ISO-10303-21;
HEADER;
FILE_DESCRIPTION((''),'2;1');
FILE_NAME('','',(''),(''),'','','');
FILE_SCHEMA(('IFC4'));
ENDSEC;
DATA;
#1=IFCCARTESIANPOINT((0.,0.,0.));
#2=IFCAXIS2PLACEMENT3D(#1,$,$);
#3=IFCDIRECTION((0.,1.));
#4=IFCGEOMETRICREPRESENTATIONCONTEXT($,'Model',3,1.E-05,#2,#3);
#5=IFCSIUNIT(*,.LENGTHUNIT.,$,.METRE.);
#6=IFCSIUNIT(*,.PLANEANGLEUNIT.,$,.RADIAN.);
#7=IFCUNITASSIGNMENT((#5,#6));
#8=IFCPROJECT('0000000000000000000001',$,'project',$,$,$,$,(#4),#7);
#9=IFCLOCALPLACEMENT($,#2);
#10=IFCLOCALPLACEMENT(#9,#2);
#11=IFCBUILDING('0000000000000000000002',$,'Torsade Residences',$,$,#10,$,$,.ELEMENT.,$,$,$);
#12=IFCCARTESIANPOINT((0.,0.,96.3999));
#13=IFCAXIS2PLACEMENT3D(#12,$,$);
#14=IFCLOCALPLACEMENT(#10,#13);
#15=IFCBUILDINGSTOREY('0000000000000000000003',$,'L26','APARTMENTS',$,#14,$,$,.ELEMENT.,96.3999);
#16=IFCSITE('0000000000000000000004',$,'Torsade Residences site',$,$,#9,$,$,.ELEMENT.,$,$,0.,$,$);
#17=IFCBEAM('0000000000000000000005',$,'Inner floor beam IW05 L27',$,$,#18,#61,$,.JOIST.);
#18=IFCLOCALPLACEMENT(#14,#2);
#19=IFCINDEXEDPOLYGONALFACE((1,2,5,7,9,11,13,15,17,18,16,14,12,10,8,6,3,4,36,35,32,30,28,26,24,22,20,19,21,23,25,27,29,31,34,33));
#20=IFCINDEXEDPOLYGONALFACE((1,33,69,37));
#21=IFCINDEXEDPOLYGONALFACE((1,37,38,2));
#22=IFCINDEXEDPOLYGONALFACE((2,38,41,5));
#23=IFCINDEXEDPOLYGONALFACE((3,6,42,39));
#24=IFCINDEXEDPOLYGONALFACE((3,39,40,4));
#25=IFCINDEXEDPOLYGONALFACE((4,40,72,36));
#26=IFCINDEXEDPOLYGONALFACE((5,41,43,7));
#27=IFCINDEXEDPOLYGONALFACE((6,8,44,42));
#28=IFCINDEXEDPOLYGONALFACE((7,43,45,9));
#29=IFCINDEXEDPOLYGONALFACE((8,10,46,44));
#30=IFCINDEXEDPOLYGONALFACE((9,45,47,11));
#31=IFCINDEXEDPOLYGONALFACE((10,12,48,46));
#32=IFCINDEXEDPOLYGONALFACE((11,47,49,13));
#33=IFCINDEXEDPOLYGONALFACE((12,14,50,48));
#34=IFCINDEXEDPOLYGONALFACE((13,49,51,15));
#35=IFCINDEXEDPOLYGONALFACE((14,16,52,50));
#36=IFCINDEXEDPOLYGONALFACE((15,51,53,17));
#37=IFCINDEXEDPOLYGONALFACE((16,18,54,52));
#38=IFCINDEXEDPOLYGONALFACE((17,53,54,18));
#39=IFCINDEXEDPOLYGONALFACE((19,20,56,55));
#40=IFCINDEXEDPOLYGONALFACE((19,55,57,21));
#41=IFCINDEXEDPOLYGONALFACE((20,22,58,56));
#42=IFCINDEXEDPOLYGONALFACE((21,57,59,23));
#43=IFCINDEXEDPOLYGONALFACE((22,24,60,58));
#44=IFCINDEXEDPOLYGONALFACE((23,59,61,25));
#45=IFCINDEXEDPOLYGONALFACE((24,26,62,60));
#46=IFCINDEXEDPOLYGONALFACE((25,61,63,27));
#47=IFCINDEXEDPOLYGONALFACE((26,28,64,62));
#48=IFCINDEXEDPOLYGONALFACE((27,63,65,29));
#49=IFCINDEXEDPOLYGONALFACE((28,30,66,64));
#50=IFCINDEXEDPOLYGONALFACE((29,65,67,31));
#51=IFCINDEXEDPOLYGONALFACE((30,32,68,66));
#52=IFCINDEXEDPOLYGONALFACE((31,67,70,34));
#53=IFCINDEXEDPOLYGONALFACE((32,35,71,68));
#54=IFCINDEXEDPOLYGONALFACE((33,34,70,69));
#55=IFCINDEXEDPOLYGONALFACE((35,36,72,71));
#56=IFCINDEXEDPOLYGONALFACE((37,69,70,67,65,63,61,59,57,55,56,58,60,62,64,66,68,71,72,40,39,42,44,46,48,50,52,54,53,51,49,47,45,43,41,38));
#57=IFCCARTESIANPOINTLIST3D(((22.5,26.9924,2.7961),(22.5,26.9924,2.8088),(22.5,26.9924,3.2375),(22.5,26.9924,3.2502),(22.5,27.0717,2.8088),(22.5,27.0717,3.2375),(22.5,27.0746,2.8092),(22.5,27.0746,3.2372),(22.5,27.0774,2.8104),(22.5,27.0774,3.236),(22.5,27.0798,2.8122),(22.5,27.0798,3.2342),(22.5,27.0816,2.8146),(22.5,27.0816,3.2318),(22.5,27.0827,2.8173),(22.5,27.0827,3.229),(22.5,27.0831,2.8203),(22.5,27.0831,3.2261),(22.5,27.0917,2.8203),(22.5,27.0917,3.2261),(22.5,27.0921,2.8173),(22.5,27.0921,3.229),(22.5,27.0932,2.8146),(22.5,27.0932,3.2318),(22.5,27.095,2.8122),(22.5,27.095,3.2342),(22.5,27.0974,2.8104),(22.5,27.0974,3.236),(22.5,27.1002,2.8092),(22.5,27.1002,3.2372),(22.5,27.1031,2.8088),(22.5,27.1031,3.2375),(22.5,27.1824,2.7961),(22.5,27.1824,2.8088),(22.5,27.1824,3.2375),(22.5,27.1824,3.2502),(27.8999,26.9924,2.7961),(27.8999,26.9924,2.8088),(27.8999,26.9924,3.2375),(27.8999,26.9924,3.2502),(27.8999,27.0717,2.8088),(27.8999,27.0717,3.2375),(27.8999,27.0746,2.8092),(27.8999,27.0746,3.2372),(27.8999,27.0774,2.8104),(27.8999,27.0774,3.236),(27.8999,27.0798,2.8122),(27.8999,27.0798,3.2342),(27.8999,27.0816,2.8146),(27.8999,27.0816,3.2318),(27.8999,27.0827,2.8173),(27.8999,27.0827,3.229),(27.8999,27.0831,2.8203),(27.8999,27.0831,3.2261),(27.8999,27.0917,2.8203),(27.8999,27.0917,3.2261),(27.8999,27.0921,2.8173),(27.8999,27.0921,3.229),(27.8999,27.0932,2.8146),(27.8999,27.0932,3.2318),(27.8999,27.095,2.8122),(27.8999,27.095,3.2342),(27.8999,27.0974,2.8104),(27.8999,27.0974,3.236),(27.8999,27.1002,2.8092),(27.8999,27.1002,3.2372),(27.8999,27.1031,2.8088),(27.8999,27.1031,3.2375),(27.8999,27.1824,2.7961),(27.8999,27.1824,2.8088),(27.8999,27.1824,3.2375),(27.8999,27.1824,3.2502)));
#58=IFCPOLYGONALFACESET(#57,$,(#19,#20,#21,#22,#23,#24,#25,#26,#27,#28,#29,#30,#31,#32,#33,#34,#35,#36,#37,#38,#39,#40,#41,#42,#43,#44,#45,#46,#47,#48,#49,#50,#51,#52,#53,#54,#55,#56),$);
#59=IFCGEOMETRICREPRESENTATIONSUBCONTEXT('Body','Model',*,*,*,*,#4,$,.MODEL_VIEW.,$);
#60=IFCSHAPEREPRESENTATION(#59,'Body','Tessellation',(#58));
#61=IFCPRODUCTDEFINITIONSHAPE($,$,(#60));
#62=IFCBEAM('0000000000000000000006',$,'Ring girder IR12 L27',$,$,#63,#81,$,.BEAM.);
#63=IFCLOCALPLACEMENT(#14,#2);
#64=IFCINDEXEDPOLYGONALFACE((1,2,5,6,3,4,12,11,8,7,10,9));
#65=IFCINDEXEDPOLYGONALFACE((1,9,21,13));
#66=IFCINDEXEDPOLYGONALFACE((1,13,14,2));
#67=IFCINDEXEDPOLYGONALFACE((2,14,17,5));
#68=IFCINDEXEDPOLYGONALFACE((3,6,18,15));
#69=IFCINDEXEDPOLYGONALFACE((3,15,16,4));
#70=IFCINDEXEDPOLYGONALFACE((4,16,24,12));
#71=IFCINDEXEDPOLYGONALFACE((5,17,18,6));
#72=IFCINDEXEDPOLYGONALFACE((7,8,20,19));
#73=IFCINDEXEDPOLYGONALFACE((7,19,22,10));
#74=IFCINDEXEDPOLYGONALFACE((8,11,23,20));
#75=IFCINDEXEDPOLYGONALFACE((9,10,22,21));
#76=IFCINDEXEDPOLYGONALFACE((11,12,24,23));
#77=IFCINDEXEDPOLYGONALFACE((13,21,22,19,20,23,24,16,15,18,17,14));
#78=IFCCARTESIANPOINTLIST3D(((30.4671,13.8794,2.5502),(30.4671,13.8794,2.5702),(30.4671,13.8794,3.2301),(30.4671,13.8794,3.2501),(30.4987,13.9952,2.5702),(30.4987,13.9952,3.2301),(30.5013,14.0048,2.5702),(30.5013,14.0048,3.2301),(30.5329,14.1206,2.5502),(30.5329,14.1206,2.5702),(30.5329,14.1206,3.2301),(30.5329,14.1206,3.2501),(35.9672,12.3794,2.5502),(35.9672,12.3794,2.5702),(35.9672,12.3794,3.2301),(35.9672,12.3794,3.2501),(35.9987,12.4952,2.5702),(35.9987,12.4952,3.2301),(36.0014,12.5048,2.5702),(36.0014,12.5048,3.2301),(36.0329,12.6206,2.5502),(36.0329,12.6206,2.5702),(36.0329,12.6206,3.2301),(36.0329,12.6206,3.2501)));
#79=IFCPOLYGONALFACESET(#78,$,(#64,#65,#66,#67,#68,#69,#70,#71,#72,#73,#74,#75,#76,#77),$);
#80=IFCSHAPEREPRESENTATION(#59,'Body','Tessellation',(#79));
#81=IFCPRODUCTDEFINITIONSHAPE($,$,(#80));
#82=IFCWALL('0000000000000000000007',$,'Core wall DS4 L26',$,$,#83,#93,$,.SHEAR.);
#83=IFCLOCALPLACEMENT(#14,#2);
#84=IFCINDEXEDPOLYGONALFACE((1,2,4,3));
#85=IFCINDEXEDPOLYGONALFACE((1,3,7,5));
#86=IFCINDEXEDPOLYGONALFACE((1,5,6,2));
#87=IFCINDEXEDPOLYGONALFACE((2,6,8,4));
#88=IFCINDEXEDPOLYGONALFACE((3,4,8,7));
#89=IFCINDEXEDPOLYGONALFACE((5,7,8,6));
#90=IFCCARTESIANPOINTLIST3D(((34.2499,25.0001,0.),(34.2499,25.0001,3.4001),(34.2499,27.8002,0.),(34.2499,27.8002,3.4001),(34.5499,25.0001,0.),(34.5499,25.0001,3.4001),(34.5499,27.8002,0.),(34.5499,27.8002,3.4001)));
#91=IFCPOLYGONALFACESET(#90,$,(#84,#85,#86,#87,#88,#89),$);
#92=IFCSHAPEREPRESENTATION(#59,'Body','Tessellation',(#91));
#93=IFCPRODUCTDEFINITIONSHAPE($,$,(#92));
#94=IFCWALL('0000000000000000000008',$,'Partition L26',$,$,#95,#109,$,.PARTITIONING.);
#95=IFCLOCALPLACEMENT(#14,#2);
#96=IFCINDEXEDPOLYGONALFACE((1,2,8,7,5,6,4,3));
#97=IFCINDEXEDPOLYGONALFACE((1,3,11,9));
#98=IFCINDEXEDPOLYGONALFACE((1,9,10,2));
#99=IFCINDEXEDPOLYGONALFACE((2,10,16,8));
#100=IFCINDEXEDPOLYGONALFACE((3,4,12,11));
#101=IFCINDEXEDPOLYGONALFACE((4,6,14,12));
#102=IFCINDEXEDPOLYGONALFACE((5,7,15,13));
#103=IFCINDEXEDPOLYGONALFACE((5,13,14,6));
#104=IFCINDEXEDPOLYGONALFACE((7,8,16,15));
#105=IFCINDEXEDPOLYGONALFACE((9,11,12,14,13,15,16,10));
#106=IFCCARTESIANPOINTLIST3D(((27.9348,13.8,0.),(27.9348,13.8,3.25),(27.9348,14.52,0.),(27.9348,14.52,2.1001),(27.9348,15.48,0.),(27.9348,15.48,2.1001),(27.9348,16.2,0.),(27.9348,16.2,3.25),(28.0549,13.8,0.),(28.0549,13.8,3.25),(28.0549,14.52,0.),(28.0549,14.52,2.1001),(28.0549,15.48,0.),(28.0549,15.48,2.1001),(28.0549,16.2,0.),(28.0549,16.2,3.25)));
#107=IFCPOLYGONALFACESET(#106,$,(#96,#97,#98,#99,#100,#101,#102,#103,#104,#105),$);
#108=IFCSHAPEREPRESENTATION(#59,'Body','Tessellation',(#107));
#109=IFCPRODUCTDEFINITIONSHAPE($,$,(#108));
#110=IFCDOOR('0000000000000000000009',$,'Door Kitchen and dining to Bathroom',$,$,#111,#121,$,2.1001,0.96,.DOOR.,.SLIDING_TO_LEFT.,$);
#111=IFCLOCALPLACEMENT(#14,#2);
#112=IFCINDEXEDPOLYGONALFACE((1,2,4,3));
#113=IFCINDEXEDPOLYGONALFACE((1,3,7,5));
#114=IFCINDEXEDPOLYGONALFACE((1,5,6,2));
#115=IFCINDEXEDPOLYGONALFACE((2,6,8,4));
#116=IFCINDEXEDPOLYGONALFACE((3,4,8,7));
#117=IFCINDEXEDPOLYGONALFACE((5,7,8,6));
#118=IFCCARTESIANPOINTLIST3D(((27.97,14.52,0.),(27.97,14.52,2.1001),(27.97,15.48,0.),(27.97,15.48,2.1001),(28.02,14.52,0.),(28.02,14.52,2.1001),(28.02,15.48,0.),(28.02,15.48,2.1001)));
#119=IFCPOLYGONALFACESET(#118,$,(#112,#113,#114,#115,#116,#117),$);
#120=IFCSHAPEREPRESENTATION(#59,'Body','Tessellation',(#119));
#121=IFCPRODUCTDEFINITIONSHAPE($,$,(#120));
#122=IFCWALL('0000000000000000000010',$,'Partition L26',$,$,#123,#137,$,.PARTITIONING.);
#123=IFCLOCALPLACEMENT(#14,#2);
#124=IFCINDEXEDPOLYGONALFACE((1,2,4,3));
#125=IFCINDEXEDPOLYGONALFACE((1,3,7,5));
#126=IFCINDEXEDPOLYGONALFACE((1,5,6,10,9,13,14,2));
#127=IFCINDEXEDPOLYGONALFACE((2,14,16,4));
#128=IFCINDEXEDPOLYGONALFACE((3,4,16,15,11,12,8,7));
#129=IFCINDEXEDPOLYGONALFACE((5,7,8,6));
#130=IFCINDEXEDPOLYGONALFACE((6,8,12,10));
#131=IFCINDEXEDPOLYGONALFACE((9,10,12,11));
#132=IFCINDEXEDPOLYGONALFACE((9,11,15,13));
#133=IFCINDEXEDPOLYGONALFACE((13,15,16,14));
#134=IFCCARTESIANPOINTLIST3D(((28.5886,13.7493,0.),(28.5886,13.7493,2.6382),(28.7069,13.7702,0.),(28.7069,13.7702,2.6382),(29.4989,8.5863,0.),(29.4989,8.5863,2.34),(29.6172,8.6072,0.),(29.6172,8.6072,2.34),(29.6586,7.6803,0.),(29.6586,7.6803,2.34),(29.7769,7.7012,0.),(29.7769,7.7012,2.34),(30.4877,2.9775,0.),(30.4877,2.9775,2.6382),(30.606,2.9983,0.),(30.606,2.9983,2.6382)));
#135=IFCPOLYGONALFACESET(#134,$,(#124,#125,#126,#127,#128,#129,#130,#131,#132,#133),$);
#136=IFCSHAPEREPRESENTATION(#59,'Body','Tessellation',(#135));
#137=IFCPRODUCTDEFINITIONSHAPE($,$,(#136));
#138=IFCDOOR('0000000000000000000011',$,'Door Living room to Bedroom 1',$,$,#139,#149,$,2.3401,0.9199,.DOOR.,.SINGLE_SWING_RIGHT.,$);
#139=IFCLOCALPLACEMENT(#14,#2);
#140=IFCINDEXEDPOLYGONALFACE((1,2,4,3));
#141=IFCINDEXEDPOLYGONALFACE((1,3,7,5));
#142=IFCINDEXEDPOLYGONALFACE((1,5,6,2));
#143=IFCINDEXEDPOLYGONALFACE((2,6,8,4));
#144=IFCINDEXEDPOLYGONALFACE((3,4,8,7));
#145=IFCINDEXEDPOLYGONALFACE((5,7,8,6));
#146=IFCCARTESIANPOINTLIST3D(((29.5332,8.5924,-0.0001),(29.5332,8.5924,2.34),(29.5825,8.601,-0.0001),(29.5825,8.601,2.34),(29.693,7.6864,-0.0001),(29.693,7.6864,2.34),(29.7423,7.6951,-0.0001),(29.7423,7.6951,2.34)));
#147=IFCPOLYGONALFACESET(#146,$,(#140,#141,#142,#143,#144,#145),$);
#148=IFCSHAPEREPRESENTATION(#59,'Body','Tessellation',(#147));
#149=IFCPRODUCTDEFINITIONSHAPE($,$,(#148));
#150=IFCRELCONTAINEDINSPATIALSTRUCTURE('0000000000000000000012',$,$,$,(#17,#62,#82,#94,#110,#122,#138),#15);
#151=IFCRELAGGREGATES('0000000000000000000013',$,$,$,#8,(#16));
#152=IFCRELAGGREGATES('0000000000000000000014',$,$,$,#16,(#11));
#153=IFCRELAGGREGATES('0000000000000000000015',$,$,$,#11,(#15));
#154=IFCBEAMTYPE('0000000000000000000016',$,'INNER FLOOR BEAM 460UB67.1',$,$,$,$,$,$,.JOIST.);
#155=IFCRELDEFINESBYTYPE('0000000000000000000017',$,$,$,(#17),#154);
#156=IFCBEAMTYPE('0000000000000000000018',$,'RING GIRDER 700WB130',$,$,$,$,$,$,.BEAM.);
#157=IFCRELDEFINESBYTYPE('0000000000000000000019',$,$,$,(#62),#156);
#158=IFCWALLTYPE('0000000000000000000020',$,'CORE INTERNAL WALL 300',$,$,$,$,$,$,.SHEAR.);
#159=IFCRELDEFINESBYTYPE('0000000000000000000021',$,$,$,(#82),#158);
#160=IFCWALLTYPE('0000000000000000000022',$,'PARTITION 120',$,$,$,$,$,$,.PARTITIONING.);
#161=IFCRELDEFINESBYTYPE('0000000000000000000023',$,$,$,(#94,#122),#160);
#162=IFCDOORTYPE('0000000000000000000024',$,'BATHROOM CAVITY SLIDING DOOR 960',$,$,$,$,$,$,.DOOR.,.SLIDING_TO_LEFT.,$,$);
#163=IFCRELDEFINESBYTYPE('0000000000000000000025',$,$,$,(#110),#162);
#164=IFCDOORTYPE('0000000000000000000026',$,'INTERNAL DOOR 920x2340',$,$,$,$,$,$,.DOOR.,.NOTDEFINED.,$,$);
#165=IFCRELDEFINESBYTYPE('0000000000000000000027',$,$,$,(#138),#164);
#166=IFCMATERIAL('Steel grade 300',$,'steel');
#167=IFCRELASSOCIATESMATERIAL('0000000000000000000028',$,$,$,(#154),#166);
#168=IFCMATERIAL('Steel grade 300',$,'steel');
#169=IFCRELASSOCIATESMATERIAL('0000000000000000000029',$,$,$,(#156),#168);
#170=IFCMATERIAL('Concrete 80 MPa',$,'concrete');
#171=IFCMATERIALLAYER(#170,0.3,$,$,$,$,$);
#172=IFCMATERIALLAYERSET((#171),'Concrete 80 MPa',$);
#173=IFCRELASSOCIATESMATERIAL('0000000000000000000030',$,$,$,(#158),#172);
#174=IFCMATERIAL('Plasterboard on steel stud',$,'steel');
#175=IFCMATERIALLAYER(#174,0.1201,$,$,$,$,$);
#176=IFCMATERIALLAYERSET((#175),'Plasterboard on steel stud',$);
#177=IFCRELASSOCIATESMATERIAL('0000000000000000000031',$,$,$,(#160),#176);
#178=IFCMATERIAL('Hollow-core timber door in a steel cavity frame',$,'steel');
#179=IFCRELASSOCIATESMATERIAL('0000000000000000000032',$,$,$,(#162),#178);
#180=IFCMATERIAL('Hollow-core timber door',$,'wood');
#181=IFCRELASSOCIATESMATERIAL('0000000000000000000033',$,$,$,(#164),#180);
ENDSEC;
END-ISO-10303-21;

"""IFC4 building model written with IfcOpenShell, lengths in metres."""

from ifc_helpers import new_model, si_unit, direction, frame, frame_2d, origin, origin_2d, place, context, subcontext, project, spatial, rectangle, i_section, extrude, material, layer, layer_set, material_profile, profile_set, type_object, element, fill, save


model = new_model("IFC4")

# Units and contexts
model_context = context("Model", 3, precision=1e-05, world=origin(), true_north=direction((0.0, 1.0)))
body_context = subcontext(model_context, "Body", "Model", "MODEL_VIEW")
ifc_project = project(units=[si_unit("LENGTHUNIT", "METRE"), si_unit("PLANEANGLEUNIT", "RADIAN")], contexts=[model_context])

# Site, building, storey
site_placement = place(None, origin())
site = spatial("IfcSite", under=ifc_project, at=site_placement, Name="Torsade Residences site", CompositionType="ELEMENT", RefElevation=0.0)
building_placement = place(site_placement, origin())
building = spatial("IfcBuilding", under=site, at=building_placement, Name="Torsade Residences", CompositionType="ELEMENT")
storey_placement = place(building_placement, frame((0.0, 0.0, 96.3999)))
storey = spatial("IfcBuildingStorey", under=building, at=storey_placement, Name="L26", Description="APARTMENTS", CompositionType="ELEMENT", Elevation=96.3999)

# Beams
ifc_material_1 = material(Name="Steel grade 300", Category="steel")
ifc_material_profile_1 = material_profile(ifc_material_1, i_section(OverallWidth=0.1899, OverallDepth=0.4541, WebThickness=0.0085, FlangeThickness=0.0127, FilletRadius=0.0115, at=origin_2d()), Name="460UB67.1")
ifc_profile_set_1 = profile_set([ifc_material_profile_1], Name="Steel grade 300")
beam_type_1 = type_object("IfcBeamType", Name="INNER FLOOR BEAM 460UB67.1", PredefinedType="JOIST", material=ifc_profile_set_1)
beam_1_placement = place(storey_placement, frame((27.8999, 27.0874, 3.0232), z_axis=(-1.0, 0.0, 0.0), x_axis=(0.0, -1.0, 0.0)))
element("IfcBeam", 1, at=beam_1_placement, inside=storey, type_object=beam_type_1, Name="Inner floor beam IW05 L27", PredefinedType="JOIST", context=body_context, shape_type="SweptSolid", body=[
    extrude(i_section(OverallWidth=0.1899, OverallDepth=0.4541, WebThickness=0.0085, FlangeThickness=0.0127, FilletRadius=0.0115, at=origin_2d()), origin(), (0.0, 0.0, 1.0), 5.3999),
])
ifc_material_2 = material(Name="Steel grade 300", Category="steel")
ifc_material_profile_2 = material_profile(ifc_material_2, i_section(OverallWidth=0.25, OverallDepth=0.7, WebThickness=0.01, FlangeThickness=0.02, at=origin_2d()), Name="700WB130")
ifc_profile_set_2 = profile_set([ifc_material_profile_2], Name="Steel grade 300")
beam_type_2 = type_object("IfcBeamType", Name="RING GIRDER 700WB130", PredefinedType="BEAM", material=ifc_profile_set_2)
beam_2_placement = place(storey_placement, frame((30.5, 14.0, 2.9001), z_axis=(0.964764, -0.263117, 0.0), x_axis=(0.263117, 0.964764, 0.0)))
element("IfcBeam", 2, at=beam_2_placement, inside=storey, type_object=beam_type_2, Name="Ring girder IR12 L27", PredefinedType="BEAM", context=body_context, shape_type="SweptSolid", body=[
    extrude(i_section(OverallWidth=0.25, OverallDepth=0.7, WebThickness=0.01, FlangeThickness=0.02, at=origin_2d()), origin(), (0.0, 0.0, 1.0), 5.7009),
])

# Wall
ifc_material_3 = material(Name="Concrete 80 MPa", Category="concrete")
ifc_layer_1 = layer(ifc_material_3, 0.3)
ifc_layer_set_1 = layer_set([ifc_layer_1], Name="Concrete 80 MPa")
wall_type_1 = type_object("IfcWallType", Name="CORE INTERNAL WALL 300", PredefinedType="SHEAR", material=ifc_layer_set_1)
wall_1_placement = place(storey_placement, frame((34.3999, 27.8, 0.0), z_axis=(0.0, 0.0, 1.0), x_axis=(0.0, -1.0, 0.0)))
element("IfcWall", 3, at=wall_1_placement, inside=storey, type_object=wall_type_1, Name="Core wall DS4 L26", PredefinedType="SHEAR", context=body_context, shape_type="SweptSolid", body=[
    extrude(rectangle(XDim=2.8, YDim=0.3, at=frame_2d((1.3999, 0.0))), origin(), (0.0, 0.0, 1.0), 3.4001),
])

# Walls, openings, doors
ifc_material_4 = material(Name="Plasterboard on steel stud", Category="steel")
ifc_layer_2 = layer(ifc_material_4, 0.1201)
ifc_layer_set_2 = layer_set([ifc_layer_2], Name="Plasterboard on steel stud")
wall_type_2 = type_object("IfcWallType", Name="PARTITION 120", PredefinedType="PARTITIONING", material=ifc_layer_set_2)
wall_2_placement = place(storey_placement, frame((27.9949, 13.8, 0.0), z_axis=(0.0, 0.0, 1.0), x_axis=(0.0, 1.0, 0.0)))
wall_2 = element("IfcWall", 4, at=wall_2_placement, inside=storey, type_object=wall_type_2, Name="Partition L26", PredefinedType="PARTITIONING", context=body_context, shape_type="SweptSolid", body=[
    extrude(rectangle(XDim=2.3999, YDim=0.1201, at=frame_2d((1.2, 0.0))), origin(), (0.0, 0.0, 1.0), 3.25),
])
opening_1_placement = place(wall_2_placement, frame((0.72, 0.0, 0.0)))
opening_1 = element("IfcOpeningElement", 5, at=opening_1_placement, cuts=wall_2, PredefinedType="OPENING", context=body_context, shape_type="SweptSolid", body=[
    extrude(rectangle(XDim=0.96, YDim=2.1001, at=frame_2d((0.48, 1.05))), frame((0.0, 0.0701, 0.0), z_axis=(0.0, -1.0, 0.0), x_axis=(1.0, 0.0, 0.0)), (0.0, 0.0, 1.0), 0.1401),
])
ifc_material_5 = material(Name="Hollow-core timber door in a steel cavity frame", Category="steel")
door_type_1 = type_object("IfcDoorType", Name="BATHROOM CAVITY SLIDING DOOR 960", OperationType="SLIDING_TO_LEFT", PredefinedType="DOOR", material=ifc_material_5)
door_1_placement = place(opening_1_placement, origin())
door_1 = element("IfcDoor", 6, at=door_1_placement, inside=storey, type_object=door_type_1, Name="Door Kitchen and dining to Bathroom", OperationType="SLIDING_TO_LEFT", OverallHeight=2.1001, OverallWidth=0.96, PredefinedType="DOOR", context=body_context, shape_type="SweptSolid", body=[
    extrude(rectangle(XDim=0.96, YDim=2.1001, at=frame_2d((0.48, 1.05))), frame((0.0, 0.0249, 0.0), z_axis=(0.0, -1.0, 0.0), x_axis=(1.0, 0.0, 0.0)), (0.0, 0.0, 1.0), 0.05),
])
fill(opening_1, door_1)
wall_3_placement = place(storey_placement, frame((28.6477, 13.7598, 0.0), z_axis=(0.0, 0.0, 1.0), x_axis=(0.173633, -0.984811, 0.0)))
wall_3 = element("IfcWall", 7, at=wall_3_placement, inside=storey, type_object=wall_type_2, Name="Partition L26", PredefinedType="PARTITIONING", context=body_context, shape_type="SweptSolid", body=[
    extrude(rectangle(XDim=10.938, YDim=0.1201, at=frame_2d((5.469, 0.0))), origin(), (0.0, 0.0, 1.0), 2.6382),
])
opening_2_placement = place(wall_3_placement, frame((5.2427, 0.0, 0.0)))
opening_2 = element("IfcOpeningElement", 8, at=opening_2_placement, cuts=wall_3, PredefinedType="OPENING", context=body_context, shape_type="SweptSolid", body=[
    extrude(rectangle(XDim=0.9199, YDim=2.3401, at=frame_2d((0.46, 1.1699))), frame((0.0, 0.0701, 0.0), z_axis=(0.0, -1.0, 0.0), x_axis=(1.0, 0.0, 0.0)), (0.0, 0.0, 1.0), 0.1401),
])
ifc_material_6 = material(Name="Hollow-core timber door", Category="wood")
door_type_2 = type_object("IfcDoorType", Name="INTERNAL DOOR 920x2340", OperationType="NOTDEFINED", PredefinedType="DOOR", material=ifc_material_6)
door_2_placement = place(opening_2_placement, origin())
door_2 = element("IfcDoor", 9, at=door_2_placement, inside=storey, type_object=door_type_2, Name="Door Living room to Bedroom 1", OperationType="SINGLE_SWING_RIGHT", OverallHeight=2.3401, OverallWidth=0.9199, PredefinedType="DOOR", context=body_context, shape_type="SweptSolid", body=[
    extrude(rectangle(XDim=0.9199, YDim=2.3401, at=frame_2d((0.46, 1.1699))), frame((0.0, 0.0249, 0.0), z_axis=(0.0, -1.0, 0.0), x_axis=(1.0, 0.0, 0.0)), (0.0, 0.0, 1.0), 0.05),
])
fill(opening_2, door_2)

save(model, "model.ifc")
